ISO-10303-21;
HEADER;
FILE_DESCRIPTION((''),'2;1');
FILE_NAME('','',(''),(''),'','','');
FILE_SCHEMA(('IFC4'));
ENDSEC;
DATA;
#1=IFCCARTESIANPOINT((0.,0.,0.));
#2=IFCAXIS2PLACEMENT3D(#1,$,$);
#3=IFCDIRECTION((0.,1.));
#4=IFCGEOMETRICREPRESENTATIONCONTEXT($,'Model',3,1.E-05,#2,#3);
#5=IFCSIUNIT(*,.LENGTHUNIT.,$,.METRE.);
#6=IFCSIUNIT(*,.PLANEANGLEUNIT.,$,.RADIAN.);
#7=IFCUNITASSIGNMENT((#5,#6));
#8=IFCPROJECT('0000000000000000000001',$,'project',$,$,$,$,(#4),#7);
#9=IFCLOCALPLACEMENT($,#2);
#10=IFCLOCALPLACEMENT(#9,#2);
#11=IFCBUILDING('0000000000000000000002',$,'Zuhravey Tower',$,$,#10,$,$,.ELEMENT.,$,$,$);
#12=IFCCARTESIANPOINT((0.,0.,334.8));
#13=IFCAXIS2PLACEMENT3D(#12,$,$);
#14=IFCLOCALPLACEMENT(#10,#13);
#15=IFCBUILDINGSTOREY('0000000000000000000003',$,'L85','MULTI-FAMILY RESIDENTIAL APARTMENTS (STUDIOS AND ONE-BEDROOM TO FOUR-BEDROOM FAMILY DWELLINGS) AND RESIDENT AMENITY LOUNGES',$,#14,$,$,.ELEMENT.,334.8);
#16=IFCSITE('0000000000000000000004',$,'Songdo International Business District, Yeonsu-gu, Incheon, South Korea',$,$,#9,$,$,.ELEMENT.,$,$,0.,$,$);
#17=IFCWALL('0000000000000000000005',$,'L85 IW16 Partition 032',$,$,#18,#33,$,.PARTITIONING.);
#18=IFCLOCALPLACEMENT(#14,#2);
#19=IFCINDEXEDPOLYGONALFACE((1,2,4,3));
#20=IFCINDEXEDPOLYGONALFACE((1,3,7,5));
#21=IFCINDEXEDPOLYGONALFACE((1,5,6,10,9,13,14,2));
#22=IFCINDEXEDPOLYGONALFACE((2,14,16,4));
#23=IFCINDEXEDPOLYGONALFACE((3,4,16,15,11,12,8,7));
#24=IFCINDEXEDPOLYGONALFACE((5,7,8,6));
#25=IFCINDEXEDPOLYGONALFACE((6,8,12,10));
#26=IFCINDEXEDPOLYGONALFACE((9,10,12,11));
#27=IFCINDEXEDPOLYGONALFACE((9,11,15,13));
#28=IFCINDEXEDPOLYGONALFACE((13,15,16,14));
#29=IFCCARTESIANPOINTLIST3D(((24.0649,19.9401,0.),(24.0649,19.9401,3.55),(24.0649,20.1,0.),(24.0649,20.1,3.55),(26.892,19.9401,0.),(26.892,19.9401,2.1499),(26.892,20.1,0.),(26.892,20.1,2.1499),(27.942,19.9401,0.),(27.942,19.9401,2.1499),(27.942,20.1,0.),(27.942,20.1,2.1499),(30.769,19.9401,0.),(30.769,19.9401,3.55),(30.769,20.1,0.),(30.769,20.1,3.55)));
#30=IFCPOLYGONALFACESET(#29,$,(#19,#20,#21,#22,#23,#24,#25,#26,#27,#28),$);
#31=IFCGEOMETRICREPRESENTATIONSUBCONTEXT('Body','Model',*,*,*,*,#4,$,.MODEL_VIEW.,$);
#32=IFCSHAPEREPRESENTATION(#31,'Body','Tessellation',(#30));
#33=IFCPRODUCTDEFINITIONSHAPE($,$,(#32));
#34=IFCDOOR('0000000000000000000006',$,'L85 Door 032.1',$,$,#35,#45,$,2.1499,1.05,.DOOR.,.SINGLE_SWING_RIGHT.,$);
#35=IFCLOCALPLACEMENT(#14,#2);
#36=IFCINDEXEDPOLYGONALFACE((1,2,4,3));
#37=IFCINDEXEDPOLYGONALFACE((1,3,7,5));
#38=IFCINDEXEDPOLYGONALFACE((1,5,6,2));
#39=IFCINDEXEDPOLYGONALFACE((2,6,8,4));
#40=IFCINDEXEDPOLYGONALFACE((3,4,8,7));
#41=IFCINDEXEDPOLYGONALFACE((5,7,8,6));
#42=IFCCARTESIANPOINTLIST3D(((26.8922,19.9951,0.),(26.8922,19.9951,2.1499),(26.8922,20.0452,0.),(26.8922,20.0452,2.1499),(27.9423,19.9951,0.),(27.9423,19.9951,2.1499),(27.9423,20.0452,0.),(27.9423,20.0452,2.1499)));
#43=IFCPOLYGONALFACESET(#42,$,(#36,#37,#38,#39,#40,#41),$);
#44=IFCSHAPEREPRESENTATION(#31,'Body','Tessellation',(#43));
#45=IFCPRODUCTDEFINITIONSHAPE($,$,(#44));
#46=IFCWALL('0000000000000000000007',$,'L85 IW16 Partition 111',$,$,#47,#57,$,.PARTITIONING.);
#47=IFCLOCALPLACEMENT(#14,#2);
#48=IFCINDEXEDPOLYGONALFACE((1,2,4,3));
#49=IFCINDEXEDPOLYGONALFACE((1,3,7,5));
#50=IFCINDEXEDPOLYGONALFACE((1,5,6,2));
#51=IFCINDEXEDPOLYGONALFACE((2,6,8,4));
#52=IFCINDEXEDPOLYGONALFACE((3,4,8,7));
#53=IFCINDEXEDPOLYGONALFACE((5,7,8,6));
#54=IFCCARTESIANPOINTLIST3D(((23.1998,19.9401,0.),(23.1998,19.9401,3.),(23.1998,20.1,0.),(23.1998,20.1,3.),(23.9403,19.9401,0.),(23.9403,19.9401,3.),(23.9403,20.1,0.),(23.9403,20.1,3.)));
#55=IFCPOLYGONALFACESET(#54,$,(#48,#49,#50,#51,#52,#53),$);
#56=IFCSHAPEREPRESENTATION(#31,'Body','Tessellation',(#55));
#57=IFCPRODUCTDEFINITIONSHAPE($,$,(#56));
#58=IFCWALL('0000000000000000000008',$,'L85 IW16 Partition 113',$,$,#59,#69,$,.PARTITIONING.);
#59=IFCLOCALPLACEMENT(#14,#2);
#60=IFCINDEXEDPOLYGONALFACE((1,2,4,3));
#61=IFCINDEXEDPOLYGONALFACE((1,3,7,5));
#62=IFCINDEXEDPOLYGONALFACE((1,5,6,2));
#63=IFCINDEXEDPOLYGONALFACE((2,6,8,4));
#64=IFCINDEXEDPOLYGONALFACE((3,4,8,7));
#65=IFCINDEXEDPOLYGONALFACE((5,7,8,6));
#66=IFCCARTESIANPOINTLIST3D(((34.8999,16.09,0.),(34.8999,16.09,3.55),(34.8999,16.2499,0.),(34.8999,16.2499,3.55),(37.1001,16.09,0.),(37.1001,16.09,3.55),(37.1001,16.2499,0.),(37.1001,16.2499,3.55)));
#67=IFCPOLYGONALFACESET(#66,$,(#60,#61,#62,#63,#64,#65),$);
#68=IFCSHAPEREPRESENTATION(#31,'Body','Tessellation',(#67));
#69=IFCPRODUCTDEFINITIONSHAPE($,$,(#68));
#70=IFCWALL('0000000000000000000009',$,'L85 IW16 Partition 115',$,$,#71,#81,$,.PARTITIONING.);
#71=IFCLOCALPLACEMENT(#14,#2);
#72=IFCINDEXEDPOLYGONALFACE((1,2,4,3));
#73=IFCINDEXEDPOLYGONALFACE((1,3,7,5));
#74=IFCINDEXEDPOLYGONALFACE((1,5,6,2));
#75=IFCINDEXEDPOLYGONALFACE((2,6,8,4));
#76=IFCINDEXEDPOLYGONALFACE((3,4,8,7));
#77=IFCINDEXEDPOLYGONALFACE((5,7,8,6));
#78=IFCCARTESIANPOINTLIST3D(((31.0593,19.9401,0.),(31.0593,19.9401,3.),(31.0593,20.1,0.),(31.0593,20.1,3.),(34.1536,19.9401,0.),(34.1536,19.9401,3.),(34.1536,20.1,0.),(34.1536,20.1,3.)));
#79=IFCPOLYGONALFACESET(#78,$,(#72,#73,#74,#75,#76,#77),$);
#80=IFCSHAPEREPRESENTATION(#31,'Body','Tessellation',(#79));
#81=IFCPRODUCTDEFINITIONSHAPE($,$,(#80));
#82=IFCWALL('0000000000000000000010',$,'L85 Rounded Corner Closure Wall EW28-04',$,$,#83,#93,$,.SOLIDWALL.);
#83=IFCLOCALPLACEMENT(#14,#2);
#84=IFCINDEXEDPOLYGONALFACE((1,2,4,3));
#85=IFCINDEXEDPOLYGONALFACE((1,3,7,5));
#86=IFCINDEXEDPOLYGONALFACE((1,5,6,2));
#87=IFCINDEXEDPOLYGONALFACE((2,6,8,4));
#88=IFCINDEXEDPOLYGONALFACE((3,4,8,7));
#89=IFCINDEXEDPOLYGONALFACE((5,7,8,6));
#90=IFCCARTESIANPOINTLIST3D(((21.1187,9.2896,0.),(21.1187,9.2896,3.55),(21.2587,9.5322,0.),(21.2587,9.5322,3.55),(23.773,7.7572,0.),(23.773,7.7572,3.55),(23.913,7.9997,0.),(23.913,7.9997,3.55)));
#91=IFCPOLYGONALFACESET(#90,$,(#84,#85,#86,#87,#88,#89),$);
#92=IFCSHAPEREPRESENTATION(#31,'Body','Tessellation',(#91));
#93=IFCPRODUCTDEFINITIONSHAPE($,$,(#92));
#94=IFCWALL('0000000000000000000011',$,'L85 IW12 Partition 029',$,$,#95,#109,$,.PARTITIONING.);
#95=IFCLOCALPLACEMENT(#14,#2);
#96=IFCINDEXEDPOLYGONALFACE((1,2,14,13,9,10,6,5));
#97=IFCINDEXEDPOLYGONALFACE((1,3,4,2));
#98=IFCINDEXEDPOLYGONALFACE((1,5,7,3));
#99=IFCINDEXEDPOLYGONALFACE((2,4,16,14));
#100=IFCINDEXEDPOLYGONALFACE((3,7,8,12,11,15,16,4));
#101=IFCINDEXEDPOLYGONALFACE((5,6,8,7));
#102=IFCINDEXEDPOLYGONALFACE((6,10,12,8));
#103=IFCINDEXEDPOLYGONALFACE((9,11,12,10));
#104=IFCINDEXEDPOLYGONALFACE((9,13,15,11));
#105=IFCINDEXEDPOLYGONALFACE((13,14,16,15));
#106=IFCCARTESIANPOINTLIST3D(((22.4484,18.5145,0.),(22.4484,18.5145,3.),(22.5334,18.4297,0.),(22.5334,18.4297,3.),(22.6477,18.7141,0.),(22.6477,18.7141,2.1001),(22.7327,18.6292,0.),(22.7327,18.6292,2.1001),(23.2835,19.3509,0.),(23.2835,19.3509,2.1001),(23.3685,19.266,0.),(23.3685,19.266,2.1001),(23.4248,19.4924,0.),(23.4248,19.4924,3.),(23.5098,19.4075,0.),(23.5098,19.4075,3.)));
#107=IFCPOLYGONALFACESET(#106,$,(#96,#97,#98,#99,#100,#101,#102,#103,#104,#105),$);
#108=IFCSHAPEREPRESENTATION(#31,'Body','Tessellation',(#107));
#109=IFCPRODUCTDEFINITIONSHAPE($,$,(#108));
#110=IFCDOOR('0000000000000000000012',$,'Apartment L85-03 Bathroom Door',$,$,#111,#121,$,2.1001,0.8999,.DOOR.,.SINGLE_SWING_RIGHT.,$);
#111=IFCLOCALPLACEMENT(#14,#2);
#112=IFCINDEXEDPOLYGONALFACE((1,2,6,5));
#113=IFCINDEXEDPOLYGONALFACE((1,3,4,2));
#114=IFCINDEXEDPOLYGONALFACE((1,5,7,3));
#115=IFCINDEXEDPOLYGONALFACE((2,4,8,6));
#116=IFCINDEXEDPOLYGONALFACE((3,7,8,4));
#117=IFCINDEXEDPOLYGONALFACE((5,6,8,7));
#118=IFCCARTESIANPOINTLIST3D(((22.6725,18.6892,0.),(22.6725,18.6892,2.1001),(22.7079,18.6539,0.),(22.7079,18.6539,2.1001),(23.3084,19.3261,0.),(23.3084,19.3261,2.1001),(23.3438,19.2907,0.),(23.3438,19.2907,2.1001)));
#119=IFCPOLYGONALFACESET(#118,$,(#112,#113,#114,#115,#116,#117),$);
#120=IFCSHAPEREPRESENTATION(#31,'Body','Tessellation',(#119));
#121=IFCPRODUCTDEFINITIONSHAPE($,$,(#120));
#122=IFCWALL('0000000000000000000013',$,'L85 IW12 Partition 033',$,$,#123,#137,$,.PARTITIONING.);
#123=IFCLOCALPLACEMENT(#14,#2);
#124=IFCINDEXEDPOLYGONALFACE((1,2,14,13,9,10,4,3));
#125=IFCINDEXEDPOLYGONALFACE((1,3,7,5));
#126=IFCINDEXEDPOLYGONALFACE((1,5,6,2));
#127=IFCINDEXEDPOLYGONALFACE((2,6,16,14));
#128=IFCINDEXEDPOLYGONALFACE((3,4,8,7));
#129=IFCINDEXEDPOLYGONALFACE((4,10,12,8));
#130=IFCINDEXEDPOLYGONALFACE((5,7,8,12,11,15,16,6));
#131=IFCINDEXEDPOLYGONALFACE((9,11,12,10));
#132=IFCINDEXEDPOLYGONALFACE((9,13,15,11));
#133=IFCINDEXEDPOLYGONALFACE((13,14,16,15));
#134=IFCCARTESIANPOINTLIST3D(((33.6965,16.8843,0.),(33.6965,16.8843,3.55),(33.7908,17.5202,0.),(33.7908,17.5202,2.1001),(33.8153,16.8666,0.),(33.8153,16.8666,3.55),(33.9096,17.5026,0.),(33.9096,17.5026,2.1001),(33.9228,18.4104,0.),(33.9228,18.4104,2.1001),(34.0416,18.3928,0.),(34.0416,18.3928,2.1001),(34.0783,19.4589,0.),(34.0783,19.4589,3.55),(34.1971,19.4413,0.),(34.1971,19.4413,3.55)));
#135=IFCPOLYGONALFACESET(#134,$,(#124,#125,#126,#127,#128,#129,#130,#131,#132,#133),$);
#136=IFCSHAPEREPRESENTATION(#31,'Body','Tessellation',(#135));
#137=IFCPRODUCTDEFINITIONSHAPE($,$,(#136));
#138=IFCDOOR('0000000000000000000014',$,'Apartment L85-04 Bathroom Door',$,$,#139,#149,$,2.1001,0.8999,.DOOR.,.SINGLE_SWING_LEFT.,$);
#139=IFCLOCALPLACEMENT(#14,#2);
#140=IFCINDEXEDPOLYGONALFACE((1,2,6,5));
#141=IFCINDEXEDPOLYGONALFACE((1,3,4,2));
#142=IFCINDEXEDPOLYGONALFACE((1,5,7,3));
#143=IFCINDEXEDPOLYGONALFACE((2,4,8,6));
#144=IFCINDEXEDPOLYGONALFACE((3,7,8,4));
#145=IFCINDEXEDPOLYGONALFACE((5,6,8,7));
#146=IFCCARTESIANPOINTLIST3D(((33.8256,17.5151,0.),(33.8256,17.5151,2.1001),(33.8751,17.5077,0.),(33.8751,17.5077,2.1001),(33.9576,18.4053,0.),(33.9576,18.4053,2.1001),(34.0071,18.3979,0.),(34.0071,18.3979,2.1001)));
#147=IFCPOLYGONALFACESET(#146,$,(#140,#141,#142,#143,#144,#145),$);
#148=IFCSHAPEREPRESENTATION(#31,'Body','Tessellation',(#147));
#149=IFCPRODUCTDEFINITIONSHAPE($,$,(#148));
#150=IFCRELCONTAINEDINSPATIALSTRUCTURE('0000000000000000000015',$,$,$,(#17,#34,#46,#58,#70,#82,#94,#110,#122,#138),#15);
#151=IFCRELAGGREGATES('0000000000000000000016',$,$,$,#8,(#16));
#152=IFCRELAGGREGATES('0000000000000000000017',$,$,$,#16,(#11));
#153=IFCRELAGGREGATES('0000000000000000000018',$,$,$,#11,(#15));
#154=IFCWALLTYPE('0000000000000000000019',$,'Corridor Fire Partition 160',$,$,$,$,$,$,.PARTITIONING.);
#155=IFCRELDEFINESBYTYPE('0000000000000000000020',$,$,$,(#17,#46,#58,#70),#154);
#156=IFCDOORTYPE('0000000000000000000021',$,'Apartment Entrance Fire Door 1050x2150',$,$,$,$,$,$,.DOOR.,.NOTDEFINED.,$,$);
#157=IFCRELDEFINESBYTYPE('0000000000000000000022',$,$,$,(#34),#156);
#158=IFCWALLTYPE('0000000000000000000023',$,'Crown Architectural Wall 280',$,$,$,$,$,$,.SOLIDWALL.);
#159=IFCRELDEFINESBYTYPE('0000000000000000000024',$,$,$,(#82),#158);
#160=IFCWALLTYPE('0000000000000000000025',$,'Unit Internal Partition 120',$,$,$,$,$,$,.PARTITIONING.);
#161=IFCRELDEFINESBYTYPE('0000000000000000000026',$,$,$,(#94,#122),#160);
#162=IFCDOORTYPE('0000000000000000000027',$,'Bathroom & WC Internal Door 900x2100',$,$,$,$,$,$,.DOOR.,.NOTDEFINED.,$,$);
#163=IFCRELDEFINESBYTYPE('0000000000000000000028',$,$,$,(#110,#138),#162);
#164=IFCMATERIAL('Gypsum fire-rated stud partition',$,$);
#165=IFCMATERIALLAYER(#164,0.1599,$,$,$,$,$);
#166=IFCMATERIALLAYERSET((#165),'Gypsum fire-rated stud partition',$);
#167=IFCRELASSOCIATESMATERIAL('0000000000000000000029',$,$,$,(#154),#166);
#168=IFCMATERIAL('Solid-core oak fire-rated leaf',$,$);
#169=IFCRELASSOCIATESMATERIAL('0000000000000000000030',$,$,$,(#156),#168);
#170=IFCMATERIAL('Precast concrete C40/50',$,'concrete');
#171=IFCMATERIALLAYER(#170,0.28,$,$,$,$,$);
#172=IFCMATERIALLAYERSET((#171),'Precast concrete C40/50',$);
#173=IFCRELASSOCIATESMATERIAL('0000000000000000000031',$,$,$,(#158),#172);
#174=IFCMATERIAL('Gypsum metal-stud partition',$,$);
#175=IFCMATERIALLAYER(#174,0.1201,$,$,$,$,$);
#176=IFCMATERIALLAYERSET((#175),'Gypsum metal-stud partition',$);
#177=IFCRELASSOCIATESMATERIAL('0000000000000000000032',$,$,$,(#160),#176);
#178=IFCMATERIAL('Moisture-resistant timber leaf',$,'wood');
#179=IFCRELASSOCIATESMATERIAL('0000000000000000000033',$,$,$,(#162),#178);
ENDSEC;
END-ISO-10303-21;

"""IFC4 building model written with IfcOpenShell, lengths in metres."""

from ifc_helpers import new_model, si_unit, direction, frame, frame_2d, origin, place, context, subcontext, project, spatial, rectangle, extrude, material, layer, layer_set, type_object, element, fill, save


model = new_model("IFC4")

# Units and contexts
model_context = context("Model", 3, precision=1e-05, world=origin(), true_north=direction((0.0, 1.0)))
body_context = subcontext(model_context, "Body", "Model", "MODEL_VIEW")
ifc_project = project(units=[si_unit("LENGTHUNIT", "METRE"), si_unit("PLANEANGLEUNIT", "RADIAN")], contexts=[model_context])

# Site, building, storey
site_placement = place(None, origin())
site = spatial("IfcSite", under=ifc_project, at=site_placement, Name="Songdo International Business District, Yeonsu-gu, Incheon, South Korea", CompositionType="ELEMENT", RefElevation=0.0)
building_placement = place(site_placement, origin())
building = spatial("IfcBuilding", under=site, at=building_placement, Name="Zuhravey Tower", CompositionType="ELEMENT")
storey_placement = place(building_placement, frame((0.0, 0.0, 334.8)))
storey = spatial("IfcBuildingStorey", under=building, at=storey_placement, Name="L85", Description="MULTI-FAMILY RESIDENTIAL APARTMENTS (STUDIOS AND ONE-BEDROOM TO FOUR-BEDROOM FAMILY DWELLINGS) AND RESIDENT AMENITY LOUNGES", CompositionType="ELEMENT", Elevation=334.8)

# Wall, opening, door
ifc_material_1 = material(Name="Gypsum fire-rated stud partition")
ifc_layer_1 = layer(ifc_material_1, 0.1599)
ifc_layer_set_1 = layer_set([ifc_layer_1], Name="Gypsum fire-rated stud partition")
wall_type_1 = type_object("IfcWallType", Name="Corridor Fire Partition 160", PredefinedType="PARTITIONING", material=ifc_layer_set_1)
wall_1_placement = place(storey_placement, frame((24.0649, 20.02, 0.0), z_axis=(0.0, 0.0, 1.0), x_axis=(1.0, 0.0, 0.0)))
wall_1 = element("IfcWall", 1, at=wall_1_placement, inside=storey, type_object=wall_type_1, Name="L85 IW16 Partition 032", PredefinedType="PARTITIONING", context=body_context, shape_type="SweptSolid", body=[
    extrude(rectangle(XDim=6.7041, YDim=0.1599, at=frame_2d((3.3521, 0.0))), origin(), (0.0, 0.0, 1.0), 3.55),
])
opening_1_placement = place(wall_1_placement, frame((2.8271, 0.0, 0.0)))
opening_1 = element("IfcOpeningElement", 2, at=opening_1_placement, cuts=wall_1, PredefinedType="OPENING", context=body_context, shape_type="SweptSolid", body=[
    extrude(rectangle(XDim=1.05, YDim=2.1499, at=frame_2d((0.5249, 1.075))), frame((0.0, 0.092, 0.0), z_axis=(0.0, -1.0, 0.0), x_axis=(1.0, 0.0, 0.0)), (0.0, 0.0, 1.0), 0.1838),
])
ifc_material_2 = material(Name="Solid-core oak fire-rated leaf")
door_type_1 = type_object("IfcDoorType", Name="Apartment Entrance Fire Door 1050x2150", OperationType="NOTDEFINED", PredefinedType="DOOR", material=ifc_material_2)
door_1_placement = place(opening_1_placement, frame((1.05, 0.0, 0.0), z_axis=(0.0, 0.0, 1.0), x_axis=(-1.0, 0.0, 0.0)))
door_1 = element("IfcDoor", 3, at=door_1_placement, inside=storey, type_object=door_type_1, Name="L85 Door 032.1", OperationType="SINGLE_SWING_RIGHT", OverallHeight=2.1499, OverallWidth=1.05, PredefinedType="DOOR", context=body_context, shape_type="SweptSolid", body=[
    extrude(rectangle(XDim=1.05, YDim=2.1499, at=frame_2d((0.5249, 1.075))), frame((0.0, 0.0249, 0.0), z_axis=(0.0, -1.0, 0.0), x_axis=(1.0, 0.0, 0.0)), (0.0, 0.0, 1.0), 0.05),
])
fill(opening_1, door_1)

# Walls
wall_2_placement = place(storey_placement, frame((23.2, 20.02, 0.0), z_axis=(0.0, 0.0, 1.0), x_axis=(1.0, 0.0, 0.0)))
element("IfcWall", 4, at=wall_2_placement, inside=storey, type_object=wall_type_1, Name="L85 IW16 Partition 111", PredefinedType="PARTITIONING", context=body_context, shape_type="SweptSolid", body=[
    extrude(rectangle(XDim=0.7405, YDim=0.1599, at=frame_2d((0.3701, 0.0))), origin(), (0.0, 0.0, 1.0), 3.0),
])
wall_3_placement = place(storey_placement, frame((34.8999, 16.1699, 0.0), z_axis=(0.0, 0.0, 1.0), x_axis=(1.0, 0.0, 0.0)))
element("IfcWall", 5, at=wall_3_placement, inside=storey, type_object=wall_type_1, Name="L85 IW16 Partition 113", PredefinedType="PARTITIONING", context=body_context, shape_type="SweptSolid", body=[
    extrude(rectangle(XDim=2.2002, YDim=0.1599, at=frame_2d((1.1001, 0.0))), origin(), (0.0, 0.0, 1.0), 3.55),
])
wall_4_placement = place(storey_placement, frame((31.0593, 20.02, 0.0), z_axis=(0.0, 0.0, 1.0), x_axis=(1.0, 0.0, 0.0)))
element("IfcWall", 6, at=wall_4_placement, inside=storey, type_object=wall_type_1, Name="L85 IW16 Partition 115", PredefinedType="PARTITIONING", context=body_context, shape_type="SweptSolid", body=[
    extrude(rectangle(XDim=3.0942, YDim=0.1599, at=frame_2d((1.5471, 0.0))), origin(), (0.0, 0.0, 1.0), 3.0),
])
ifc_material_3 = material(Name="Precast concrete C40/50", Category="concrete")
ifc_layer_2 = layer(ifc_material_3, 0.28)
ifc_layer_set_2 = layer_set([ifc_layer_2], Name="Precast concrete C40/50")
wall_type_2 = type_object("IfcWallType", Name="Crown Architectural Wall 280", PredefinedType="SOLIDWALL", material=ifc_layer_set_2)
wall_5_placement = place(storey_placement, frame((23.843, 7.8784, 0.0), z_axis=(0.0, 0.0, 1.0), x_axis=(-0.866024, 0.500003, 0.0)))
element("IfcWall", 7, at=wall_5_placement, inside=storey, type_object=wall_type_2, Name="L85 Rounded Corner Closure Wall EW28-04", PredefinedType="SOLIDWALL", context=body_context, shape_type="SweptSolid", body=[
    extrude(rectangle(XDim=3.0649, YDim=0.28, at=frame_2d((1.5325, 0.0))), origin(), (0.0, 0.0, 1.0), 3.55),
])

# Walls, openings, doors
ifc_material_4 = material(Name="Gypsum metal-stud partition")
ifc_layer_3 = layer(ifc_material_4, 0.1201)
ifc_layer_set_3 = layer_set([ifc_layer_3], Name="Gypsum metal-stud partition")
wall_type_3 = type_object("IfcWallType", Name="Unit Internal Partition 120", PredefinedType="PARTITIONING", material=ifc_layer_set_3)
wall_6_placement = place(storey_placement, frame((23.4673, 19.45, 0.0), z_axis=(0.0, 0.0, 1.0), x_axis=(-0.706577, -0.707637, 0.0)))
wall_6 = element("IfcWall", 8, at=wall_6_placement, inside=storey, type_object=wall_type_3, Name="L85 IW12 Partition 029", PredefinedType="PARTITIONING", context=body_context, shape_type="SweptSolid", body=[
    extrude(rectangle(XDim=1.3818, YDim=0.1201, at=frame_2d((0.6909, 0.0))), origin(), (0.0, 0.0, 1.0), 3.0),
])
opening_2_placement = place(wall_6_placement, frame((0.2, 0.0, 0.0)))
opening_2 = element("IfcOpeningElement", 9, at=opening_2_placement, cuts=wall_6, PredefinedType="OPENING", context=body_context, shape_type="SweptSolid", body=[
    extrude(rectangle(XDim=0.8999, YDim=2.1001, at=frame_2d((0.45, 1.05))), frame((0.0, 0.072, 0.0), z_axis=(0.0, -1.0, 0.0), x_axis=(1.0, 0.0, 0.0)), (0.0, 0.0, 1.0), 0.144),
])
ifc_material_5 = material(Name="Moisture-resistant timber leaf", Category="wood")
door_type_2 = type_object("IfcDoorType", Name="Bathroom & WC Internal Door 900x2100", OperationType="NOTDEFINED", PredefinedType="DOOR", material=ifc_material_5)
door_2_placement = place(opening_2_placement, frame((0.8999, 0.0, 0.0), z_axis=(0.0, 0.0, 1.0), x_axis=(-1.0, 0.0, 0.0)))
door_2 = element("IfcDoor", 10, at=door_2_placement, inside=storey, type_object=door_type_2, Name="Apartment L85-03 Bathroom Door", OperationType="SINGLE_SWING_RIGHT", OverallHeight=2.1001, OverallWidth=0.8999, PredefinedType="DOOR", context=body_context, shape_type="SweptSolid", body=[
    extrude(rectangle(XDim=0.8999, YDim=2.1001, at=frame_2d((0.45, 1.05))), frame((0.0, 0.0249, 0.0), z_axis=(0.0, -1.0, 0.0), x_axis=(1.0, 0.0, 0.0)), (0.0, 0.0, 1.0), 0.05),
])
fill(opening_2, door_2)
wall_7_placement = place(storey_placement, frame((34.1377, 19.45, 0.0), z_axis=(0.0, 0.0, 1.0), x_axis=(-0.146698, -0.989181, 0.0)))
wall_7 = element("IfcWall", 11, at=wall_7_placement, inside=storey, type_object=wall_type_3, Name="L85 IW12 Partition 033", PredefinedType="PARTITIONING", context=body_context, shape_type="SweptSolid", body=[
    extrude(rectangle(XDim=2.6028, YDim=0.1201, at=frame_2d((1.3013, 0.0))), origin(), (0.0, 0.0, 1.0), 3.55),
])
opening_3_placement = place(wall_7_placement, frame((1.0598, 0.0, 0.0)))
opening_3 = element("IfcOpeningElement", 12, at=opening_3_placement, cuts=wall_7, PredefinedType="OPENING", context=body_context, shape_type="SweptSolid", body=[
    extrude(rectangle(XDim=0.8999, YDim=2.1001, at=frame_2d((0.45, 1.05))), frame((0.0, 0.072, 0.0), z_axis=(0.0, -1.0, 0.0), x_axis=(1.0, 0.0, 0.0)), (0.0, 0.0, 1.0), 0.144),
])
door_3_placement = place(opening_3_placement, frame((0.8999, 0.0, 0.0), z_axis=(0.0, 0.0, 1.0), x_axis=(-1.0, 0.0, 0.0)))
door_3 = element("IfcDoor", 13, at=door_3_placement, inside=storey, type_object=door_type_2, Name="Apartment L85-04 Bathroom Door", OperationType="SINGLE_SWING_LEFT", OverallHeight=2.1001, OverallWidth=0.8999, PredefinedType="DOOR", context=body_context, shape_type="SweptSolid", body=[
    extrude(rectangle(XDim=0.8999, YDim=2.1001, at=frame_2d((0.45, 1.05))), frame((0.0, 0.0249, 0.0), z_axis=(0.0, -1.0, 0.0), x_axis=(1.0, 0.0, 0.0)), (0.0, 0.0, 1.0), 0.05),
])
fill(opening_3, door_3)

save(model, "model.ifc")
